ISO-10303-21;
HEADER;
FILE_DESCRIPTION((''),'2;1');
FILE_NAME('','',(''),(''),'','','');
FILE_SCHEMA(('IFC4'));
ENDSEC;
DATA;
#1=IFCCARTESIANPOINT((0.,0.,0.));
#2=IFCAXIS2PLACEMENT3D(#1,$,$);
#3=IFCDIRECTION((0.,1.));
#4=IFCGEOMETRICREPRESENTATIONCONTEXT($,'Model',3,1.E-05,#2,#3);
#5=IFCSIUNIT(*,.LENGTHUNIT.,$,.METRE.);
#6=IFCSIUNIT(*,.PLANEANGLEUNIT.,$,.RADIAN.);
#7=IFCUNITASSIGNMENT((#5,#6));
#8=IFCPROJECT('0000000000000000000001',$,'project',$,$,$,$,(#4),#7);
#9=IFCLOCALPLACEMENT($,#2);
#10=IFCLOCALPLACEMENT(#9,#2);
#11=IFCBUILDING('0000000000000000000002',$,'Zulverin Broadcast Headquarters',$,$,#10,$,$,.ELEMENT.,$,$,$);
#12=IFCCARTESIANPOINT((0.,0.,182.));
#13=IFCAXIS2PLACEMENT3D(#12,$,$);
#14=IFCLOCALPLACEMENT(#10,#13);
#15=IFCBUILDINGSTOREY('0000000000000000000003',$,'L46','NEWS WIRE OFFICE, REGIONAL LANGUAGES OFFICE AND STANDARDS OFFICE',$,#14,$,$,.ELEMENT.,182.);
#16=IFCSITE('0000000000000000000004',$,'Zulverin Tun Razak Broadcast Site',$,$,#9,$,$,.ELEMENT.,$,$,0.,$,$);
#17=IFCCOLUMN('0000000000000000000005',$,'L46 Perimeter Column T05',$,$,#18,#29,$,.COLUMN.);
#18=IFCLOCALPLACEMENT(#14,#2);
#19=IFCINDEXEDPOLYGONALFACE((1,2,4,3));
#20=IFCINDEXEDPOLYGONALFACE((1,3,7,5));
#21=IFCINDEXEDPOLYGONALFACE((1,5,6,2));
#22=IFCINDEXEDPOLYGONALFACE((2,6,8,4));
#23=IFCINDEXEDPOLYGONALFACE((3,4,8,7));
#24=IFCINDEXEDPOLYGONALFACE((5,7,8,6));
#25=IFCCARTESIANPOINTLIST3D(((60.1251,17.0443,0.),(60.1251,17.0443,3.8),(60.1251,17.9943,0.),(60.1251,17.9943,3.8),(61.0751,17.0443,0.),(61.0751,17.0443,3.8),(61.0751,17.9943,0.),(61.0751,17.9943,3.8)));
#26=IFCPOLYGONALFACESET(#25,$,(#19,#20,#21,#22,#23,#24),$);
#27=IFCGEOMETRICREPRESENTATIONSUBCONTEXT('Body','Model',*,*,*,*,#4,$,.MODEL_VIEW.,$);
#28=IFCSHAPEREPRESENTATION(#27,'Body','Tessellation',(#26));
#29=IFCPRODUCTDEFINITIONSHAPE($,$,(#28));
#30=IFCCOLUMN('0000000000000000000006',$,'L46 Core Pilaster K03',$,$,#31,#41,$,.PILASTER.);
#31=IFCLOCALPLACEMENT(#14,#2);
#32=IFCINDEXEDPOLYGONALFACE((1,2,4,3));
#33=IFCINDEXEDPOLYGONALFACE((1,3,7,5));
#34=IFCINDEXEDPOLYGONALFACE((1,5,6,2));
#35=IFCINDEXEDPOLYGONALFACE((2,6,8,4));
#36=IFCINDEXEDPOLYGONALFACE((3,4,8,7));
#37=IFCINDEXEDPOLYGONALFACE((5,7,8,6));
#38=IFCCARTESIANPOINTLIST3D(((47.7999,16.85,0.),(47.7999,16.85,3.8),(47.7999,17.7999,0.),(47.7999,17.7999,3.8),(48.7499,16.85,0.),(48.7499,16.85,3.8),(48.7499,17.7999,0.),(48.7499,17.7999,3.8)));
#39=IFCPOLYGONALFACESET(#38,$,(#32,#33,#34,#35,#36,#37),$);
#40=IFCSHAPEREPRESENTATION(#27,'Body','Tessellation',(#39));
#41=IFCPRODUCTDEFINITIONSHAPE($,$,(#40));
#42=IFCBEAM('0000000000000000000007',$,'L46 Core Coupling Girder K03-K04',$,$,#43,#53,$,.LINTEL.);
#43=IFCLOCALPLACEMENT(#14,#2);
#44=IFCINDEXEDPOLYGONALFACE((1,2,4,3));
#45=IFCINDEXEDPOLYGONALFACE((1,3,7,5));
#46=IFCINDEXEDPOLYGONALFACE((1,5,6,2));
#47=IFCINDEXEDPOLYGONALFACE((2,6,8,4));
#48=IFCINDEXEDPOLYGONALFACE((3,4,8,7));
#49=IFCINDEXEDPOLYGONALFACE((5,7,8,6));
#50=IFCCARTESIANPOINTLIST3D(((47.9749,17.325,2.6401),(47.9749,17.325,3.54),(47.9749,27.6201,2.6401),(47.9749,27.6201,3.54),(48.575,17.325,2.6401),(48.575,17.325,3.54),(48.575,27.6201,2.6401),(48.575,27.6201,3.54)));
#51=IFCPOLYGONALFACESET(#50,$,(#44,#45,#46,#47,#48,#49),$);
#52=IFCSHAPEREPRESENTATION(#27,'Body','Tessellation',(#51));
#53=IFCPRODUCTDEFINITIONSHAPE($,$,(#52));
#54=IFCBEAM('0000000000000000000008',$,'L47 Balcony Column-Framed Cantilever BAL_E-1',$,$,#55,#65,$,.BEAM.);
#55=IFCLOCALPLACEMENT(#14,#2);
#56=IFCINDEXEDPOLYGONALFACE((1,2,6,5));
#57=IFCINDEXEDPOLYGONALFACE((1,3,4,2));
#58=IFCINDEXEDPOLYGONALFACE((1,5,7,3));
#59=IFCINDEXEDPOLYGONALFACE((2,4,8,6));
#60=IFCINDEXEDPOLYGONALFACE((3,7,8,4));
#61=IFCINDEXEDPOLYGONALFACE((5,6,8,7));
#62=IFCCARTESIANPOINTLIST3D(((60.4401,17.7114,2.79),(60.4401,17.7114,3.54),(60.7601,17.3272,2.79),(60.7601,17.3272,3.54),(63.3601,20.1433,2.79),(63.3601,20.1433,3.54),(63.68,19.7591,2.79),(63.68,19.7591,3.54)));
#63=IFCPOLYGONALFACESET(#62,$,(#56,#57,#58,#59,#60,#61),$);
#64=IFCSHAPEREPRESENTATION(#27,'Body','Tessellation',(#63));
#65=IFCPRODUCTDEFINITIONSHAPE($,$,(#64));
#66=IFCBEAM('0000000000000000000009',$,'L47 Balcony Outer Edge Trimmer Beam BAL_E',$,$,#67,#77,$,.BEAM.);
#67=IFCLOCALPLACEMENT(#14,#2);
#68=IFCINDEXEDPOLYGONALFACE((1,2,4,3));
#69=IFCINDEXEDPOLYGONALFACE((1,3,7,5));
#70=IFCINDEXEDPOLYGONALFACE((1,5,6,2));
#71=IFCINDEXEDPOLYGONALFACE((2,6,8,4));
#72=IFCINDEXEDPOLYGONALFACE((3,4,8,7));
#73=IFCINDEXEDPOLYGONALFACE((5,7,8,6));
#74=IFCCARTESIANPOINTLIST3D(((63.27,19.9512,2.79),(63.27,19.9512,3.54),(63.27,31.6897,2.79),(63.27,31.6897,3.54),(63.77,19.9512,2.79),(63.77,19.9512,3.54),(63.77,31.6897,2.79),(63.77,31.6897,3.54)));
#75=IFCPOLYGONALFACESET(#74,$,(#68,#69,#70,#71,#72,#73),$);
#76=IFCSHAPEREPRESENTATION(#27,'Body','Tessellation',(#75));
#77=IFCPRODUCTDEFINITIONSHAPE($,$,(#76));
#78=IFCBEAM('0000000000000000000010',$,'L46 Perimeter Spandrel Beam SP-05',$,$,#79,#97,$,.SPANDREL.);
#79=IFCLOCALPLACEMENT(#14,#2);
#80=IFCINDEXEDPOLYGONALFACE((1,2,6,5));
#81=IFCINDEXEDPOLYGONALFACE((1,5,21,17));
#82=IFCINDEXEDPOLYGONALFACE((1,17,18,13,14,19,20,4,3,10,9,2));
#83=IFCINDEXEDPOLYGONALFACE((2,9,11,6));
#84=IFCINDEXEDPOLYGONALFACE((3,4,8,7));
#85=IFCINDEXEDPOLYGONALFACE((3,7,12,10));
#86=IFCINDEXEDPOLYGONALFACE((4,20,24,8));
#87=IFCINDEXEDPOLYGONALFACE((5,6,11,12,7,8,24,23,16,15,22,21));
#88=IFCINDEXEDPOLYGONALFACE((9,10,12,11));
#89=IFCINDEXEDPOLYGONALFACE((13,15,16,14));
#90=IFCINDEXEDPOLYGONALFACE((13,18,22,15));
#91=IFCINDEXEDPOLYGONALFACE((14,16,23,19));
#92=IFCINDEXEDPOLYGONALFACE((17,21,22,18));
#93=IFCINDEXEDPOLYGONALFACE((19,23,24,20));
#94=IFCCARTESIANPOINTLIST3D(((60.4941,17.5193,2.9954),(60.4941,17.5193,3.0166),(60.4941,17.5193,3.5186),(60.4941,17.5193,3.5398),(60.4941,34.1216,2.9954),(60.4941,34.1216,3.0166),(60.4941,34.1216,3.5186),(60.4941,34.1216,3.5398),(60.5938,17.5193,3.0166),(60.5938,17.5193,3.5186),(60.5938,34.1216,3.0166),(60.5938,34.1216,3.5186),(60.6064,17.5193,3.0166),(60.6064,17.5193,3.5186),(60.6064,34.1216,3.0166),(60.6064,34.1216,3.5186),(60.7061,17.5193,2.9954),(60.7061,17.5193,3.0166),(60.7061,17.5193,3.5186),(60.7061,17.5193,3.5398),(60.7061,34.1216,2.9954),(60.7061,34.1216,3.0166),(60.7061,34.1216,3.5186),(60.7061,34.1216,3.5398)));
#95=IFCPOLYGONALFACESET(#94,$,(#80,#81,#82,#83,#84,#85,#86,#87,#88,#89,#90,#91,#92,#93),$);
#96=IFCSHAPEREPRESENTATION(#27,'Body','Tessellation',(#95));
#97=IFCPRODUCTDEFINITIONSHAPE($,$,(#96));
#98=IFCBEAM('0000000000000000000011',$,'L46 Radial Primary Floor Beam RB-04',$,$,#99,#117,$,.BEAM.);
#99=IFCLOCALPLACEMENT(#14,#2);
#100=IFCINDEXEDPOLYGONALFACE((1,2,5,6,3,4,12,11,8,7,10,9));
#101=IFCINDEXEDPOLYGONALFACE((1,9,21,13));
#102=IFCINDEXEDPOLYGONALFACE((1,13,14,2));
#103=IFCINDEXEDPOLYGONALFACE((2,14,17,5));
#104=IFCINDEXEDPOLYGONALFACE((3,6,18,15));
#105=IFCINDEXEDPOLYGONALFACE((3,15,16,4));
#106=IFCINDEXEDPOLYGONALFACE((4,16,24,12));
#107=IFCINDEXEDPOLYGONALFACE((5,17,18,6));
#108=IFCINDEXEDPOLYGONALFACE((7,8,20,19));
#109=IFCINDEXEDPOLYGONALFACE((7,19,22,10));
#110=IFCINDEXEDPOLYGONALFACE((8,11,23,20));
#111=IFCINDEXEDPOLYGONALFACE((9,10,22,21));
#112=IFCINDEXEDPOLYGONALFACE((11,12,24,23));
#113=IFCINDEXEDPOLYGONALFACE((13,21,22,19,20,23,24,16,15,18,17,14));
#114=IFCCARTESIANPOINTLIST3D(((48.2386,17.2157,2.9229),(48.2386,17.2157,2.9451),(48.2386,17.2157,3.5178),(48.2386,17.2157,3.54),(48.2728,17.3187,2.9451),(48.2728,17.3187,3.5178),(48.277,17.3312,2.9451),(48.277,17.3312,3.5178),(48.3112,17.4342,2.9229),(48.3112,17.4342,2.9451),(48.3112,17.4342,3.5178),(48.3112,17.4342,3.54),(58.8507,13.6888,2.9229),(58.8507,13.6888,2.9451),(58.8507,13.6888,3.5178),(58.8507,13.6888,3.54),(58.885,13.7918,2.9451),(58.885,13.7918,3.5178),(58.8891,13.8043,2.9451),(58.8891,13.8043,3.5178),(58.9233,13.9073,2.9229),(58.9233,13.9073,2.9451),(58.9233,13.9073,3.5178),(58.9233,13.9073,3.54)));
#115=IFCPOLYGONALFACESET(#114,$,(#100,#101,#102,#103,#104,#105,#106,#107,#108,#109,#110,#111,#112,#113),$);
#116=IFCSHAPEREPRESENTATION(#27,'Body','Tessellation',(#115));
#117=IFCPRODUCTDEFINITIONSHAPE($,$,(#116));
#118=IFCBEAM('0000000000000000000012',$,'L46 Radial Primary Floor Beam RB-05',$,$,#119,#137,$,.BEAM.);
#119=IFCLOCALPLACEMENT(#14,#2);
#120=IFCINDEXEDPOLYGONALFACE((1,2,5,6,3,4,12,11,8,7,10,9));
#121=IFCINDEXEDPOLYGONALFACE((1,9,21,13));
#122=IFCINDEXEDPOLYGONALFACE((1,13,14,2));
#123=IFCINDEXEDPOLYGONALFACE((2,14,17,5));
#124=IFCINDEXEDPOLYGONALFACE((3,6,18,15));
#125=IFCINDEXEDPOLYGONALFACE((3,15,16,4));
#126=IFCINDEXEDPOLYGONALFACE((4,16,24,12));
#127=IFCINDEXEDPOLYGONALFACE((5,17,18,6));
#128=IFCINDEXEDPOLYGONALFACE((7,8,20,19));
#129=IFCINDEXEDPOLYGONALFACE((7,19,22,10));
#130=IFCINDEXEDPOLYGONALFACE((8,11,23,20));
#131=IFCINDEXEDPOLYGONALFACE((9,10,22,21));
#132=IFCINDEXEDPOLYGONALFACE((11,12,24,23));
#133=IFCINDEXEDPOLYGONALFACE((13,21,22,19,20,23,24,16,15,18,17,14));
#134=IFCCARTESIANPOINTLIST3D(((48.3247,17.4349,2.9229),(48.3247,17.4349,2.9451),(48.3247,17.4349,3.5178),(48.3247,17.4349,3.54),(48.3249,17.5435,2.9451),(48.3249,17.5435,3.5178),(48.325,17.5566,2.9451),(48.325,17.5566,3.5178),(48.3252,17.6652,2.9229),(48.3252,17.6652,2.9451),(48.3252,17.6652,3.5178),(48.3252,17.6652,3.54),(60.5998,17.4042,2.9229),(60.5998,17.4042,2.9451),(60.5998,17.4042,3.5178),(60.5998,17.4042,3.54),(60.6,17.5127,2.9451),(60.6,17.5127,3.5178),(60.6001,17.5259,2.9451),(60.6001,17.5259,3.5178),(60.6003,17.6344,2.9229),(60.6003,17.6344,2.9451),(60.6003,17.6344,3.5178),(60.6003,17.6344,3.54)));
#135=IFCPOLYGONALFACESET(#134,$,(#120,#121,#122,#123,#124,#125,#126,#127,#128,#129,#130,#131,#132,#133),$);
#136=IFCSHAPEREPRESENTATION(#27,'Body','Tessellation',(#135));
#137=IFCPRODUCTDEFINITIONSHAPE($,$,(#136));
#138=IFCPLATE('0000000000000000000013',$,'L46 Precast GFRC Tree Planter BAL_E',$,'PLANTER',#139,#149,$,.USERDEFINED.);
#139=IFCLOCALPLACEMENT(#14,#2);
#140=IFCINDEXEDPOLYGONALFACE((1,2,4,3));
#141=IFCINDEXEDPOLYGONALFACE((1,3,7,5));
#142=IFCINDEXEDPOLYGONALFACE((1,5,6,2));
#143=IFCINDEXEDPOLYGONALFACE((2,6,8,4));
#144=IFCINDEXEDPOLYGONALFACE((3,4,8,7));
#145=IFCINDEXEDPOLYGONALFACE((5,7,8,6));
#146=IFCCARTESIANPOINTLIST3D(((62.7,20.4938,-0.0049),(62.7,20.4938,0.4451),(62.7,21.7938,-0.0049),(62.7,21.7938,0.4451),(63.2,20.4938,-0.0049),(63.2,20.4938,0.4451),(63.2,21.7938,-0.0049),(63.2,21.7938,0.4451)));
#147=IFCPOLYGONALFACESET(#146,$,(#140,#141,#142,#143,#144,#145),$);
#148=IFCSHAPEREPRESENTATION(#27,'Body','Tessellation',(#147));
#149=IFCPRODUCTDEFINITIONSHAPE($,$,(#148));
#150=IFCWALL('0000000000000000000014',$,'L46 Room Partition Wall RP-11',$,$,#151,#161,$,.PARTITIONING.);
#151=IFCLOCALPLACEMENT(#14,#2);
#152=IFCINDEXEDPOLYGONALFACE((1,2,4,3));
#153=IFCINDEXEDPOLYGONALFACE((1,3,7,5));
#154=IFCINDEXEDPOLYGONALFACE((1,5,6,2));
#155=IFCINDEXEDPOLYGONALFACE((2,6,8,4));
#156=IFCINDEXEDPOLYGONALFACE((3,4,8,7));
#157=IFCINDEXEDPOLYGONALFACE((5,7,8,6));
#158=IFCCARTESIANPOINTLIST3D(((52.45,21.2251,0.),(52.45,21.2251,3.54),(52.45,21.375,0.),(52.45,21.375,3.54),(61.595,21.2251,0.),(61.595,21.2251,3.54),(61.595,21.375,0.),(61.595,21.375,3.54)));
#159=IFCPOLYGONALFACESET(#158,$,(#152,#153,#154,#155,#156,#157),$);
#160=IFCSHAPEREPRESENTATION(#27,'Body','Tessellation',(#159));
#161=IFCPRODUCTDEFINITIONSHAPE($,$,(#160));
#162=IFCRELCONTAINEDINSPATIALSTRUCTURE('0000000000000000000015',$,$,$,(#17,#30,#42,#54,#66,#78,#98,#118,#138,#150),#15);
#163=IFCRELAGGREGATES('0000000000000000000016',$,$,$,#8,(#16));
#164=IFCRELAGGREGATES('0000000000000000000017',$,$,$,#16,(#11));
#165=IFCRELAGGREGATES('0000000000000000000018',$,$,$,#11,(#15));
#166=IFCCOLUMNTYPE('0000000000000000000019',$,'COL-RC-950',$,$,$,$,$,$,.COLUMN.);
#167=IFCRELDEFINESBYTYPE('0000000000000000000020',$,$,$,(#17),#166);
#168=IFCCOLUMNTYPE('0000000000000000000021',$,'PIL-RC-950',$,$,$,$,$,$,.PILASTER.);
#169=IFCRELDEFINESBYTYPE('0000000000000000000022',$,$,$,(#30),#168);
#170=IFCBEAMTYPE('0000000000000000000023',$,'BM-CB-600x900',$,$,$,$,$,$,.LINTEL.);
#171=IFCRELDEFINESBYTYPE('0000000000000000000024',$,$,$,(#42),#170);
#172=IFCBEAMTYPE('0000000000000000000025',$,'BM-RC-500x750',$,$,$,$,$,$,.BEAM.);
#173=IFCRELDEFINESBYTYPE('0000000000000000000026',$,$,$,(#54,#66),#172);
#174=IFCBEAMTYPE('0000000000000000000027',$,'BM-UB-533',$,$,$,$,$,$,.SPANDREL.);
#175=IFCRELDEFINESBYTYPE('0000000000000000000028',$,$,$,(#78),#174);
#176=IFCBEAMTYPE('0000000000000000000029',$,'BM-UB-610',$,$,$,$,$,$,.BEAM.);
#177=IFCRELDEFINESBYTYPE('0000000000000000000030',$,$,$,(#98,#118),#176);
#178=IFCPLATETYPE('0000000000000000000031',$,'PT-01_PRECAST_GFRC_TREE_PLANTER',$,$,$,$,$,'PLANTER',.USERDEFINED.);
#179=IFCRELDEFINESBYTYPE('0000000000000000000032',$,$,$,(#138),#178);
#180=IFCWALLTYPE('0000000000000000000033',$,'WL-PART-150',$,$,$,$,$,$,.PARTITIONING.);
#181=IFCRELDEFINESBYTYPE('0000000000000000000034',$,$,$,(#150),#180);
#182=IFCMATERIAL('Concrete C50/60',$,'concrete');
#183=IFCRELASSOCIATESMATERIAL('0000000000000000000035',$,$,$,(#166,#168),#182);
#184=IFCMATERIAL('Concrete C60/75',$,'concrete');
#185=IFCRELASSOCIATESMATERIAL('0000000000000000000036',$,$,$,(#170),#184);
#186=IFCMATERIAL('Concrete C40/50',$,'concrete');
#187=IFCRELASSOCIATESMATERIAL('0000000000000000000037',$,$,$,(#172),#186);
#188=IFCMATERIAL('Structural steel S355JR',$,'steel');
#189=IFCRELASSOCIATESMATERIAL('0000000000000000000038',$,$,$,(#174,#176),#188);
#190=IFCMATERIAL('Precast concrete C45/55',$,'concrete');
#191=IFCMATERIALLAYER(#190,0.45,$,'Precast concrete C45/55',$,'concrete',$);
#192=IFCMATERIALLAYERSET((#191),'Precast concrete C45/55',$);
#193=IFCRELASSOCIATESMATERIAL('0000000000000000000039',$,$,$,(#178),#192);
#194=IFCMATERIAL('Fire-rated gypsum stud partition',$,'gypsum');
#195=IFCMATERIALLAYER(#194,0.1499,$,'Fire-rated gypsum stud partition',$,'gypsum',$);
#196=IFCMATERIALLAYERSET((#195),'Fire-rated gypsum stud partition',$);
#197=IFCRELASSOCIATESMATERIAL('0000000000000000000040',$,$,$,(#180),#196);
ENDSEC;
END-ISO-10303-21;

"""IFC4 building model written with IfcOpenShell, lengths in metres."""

from ifc_helpers import new_model, si_unit, direction, frame, frame_2d, origin, origin_2d, place, context, subcontext, project, spatial, rectangle, i_section, extrude, material, layer, layer_set, material_profile, profile_set, type_object, element, save


model = new_model("IFC4")

# Units and contexts
model_context = context("Model", 3, precision=1e-05, world=origin(), true_north=direction((0.0, 1.0)))
body_context = subcontext(model_context, "Body", "Model", "MODEL_VIEW")
ifc_project = project(units=[si_unit("LENGTHUNIT", "METRE"), si_unit("PLANEANGLEUNIT", "RADIAN")], contexts=[model_context])

# Site, building, storey
site_placement = place(None, origin())
site = spatial("IfcSite", under=ifc_project, at=site_placement, Name="Zulverin Tun Razak Broadcast Site", CompositionType="ELEMENT", RefElevation=0.0)
building_placement = place(site_placement, origin())
building = spatial("IfcBuilding", under=site, at=building_placement, Name="Zulverin Broadcast Headquarters", CompositionType="ELEMENT")
storey_placement = place(building_placement, frame((0.0, 0.0, 182.0)))
storey = spatial("IfcBuildingStorey", under=building, at=storey_placement, Name="L46", Description="NEWS WIRE OFFICE, REGIONAL LANGUAGES OFFICE AND STANDARDS OFFICE", CompositionType="ELEMENT", Elevation=182.0)

# Columns
ifc_material_1 = material(Name="Concrete C50/60", Category="concrete")
ifc_material_profile_1 = material_profile(ifc_material_1, rectangle(XDim=0.95, YDim=0.95, at=origin_2d()), Name="Concrete C50/60", Category="concrete")
ifc_profile_set_1 = profile_set([ifc_material_profile_1], Name="Concrete C50/60")
column_type_1 = type_object("IfcColumnType", Name="COL-RC-950", PredefinedType="COLUMN", material=ifc_profile_set_1)
column_1_placement = place(storey_placement, frame((60.6001, 17.5193, 0.0), z_axis=(0.0, 0.0, 1.0), x_axis=(1.0, 0.0, 0.0)))
element("IfcColumn", 1, at=column_1_placement, inside=storey, type_object=column_type_1, Name="L46 Perimeter Column T05", PredefinedType="COLUMN", context=body_context, shape_type="SweptSolid", body=[
    extrude(rectangle(XDim=0.95, YDim=0.95, at=origin_2d()), origin(), (0.0, 0.0, 1.0), 3.8),
])
ifc_material_profile_2 = material_profile(ifc_material_1, rectangle(XDim=0.95, YDim=0.95, at=origin_2d()), Name="Concrete C50/60", Category="concrete")
ifc_profile_set_2 = profile_set([ifc_material_profile_2], Name="Concrete C50/60")
column_type_2 = type_object("IfcColumnType", Name="PIL-RC-950", PredefinedType="PILASTER", material=ifc_profile_set_2)
column_2_placement = place(storey_placement, frame((48.2749, 17.325, 0.0), z_axis=(0.0, 0.0, 1.0), x_axis=(1.0, 0.0, 0.0)))
element("IfcColumn", 2, at=column_2_placement, inside=storey, type_object=column_type_2, Name="L46 Core Pilaster K03", PredefinedType="PILASTER", context=body_context, shape_type="SweptSolid", body=[
    extrude(rectangle(XDim=0.95, YDim=0.95, at=origin_2d()), origin(), (0.0, 0.0, 1.0), 3.8),
])

# Beams
ifc_material_2 = material(Name="Concrete C60/75", Category="concrete")
ifc_material_profile_3 = material_profile(ifc_material_2, rectangle(XDim=0.6001, YDim=0.8999, at=origin_2d()), Name="Concrete C60/75", Category="concrete")
ifc_profile_set_3 = profile_set([ifc_material_profile_3], Name="Concrete C60/75")
beam_type_1 = type_object("IfcBeamType", Name="BM-CB-600x900", PredefinedType="LINTEL", material=ifc_profile_set_3)
beam_1_placement = place(storey_placement, frame((48.2749, 17.325, 3.0901), z_axis=(0.0, 1.0, 0.0), x_axis=(-1.0, 0.0, 0.0)))
element("IfcBeam", 3, at=beam_1_placement, inside=storey, type_object=beam_type_1, Name="L46 Core Coupling Girder K03-K04", PredefinedType="LINTEL", context=body_context, shape_type="SweptSolid", body=[
    extrude(rectangle(XDim=0.6001, YDim=0.8999, at=origin_2d()), origin(), (0.0, 0.0, 1.0), 10.2952),
])
ifc_material_3 = material(Name="Concrete C40/50", Category="concrete")
ifc_material_profile_4 = material_profile(ifc_material_3, rectangle(XDim=0.5, YDim=0.75, at=origin_2d()), Name="Concrete C40/50", Category="concrete")
ifc_profile_set_4 = profile_set([ifc_material_profile_4], Name="Concrete C40/50")
beam_type_2 = type_object("IfcBeamType", Name="BM-RC-500x750", PredefinedType="BEAM", material=ifc_profile_set_4)
beam_2_placement = place(storey_placement, frame((60.6001, 17.5193, 3.165), z_axis=(0.7684, 0.63997, 0.0), x_axis=(-0.63997, 0.7684, 0.0)))
element("IfcBeam", 4, at=beam_2_placement, inside=storey, type_object=beam_type_2, Name="L47 Balcony Column-Framed Cantilever BAL_E-1", PredefinedType="BEAM", context=body_context, shape_type="SweptSolid", body=[
    extrude(rectangle(XDim=0.5, YDim=0.75, at=origin_2d()), origin(), (0.0, 0.0, 1.0), 3.8),
])
beam_3_placement = place(storey_placement, frame((63.52, 19.9512, 3.165), z_axis=(0.0, 1.0, 0.0), x_axis=(-1.0, 0.0, 0.0)))
element("IfcBeam", 5, at=beam_3_placement, inside=storey, type_object=beam_type_2, Name="L47 Balcony Outer Edge Trimmer Beam BAL_E", PredefinedType="BEAM", context=body_context, shape_type="SweptSolid", body=[
    extrude(rectangle(XDim=0.5, YDim=0.75, at=origin_2d()), origin(), (0.0, 0.0, 1.0), 11.7385),
])
ifc_material_4 = material(Name="Structural steel S355JR", Category="steel")
ifc_material_profile_5 = material_profile(ifc_material_4, i_section(OverallWidth=0.2119, OverallDepth=0.5444, WebThickness=0.0127, FlangeThickness=0.0212, at=origin_2d()), Name="Structural steel S355JR", Category="steel")
ifc_profile_set_5 = profile_set([ifc_material_profile_5], Name="Structural steel S355JR")
beam_type_3 = type_object("IfcBeamType", Name="BM-UB-533", PredefinedType="SPANDREL", material=ifc_profile_set_5)
beam_4_placement = place(storey_placement, frame((60.6001, 17.5193, 3.2676), z_axis=(0.0, 1.0, 0.0), x_axis=(-1.0, 0.0, 0.0)))
element("IfcBeam", 6, at=beam_4_placement, inside=storey, type_object=beam_type_3, Name="L46 Perimeter Spandrel Beam SP-05", PredefinedType="SPANDREL", context=body_context, shape_type="SweptSolid", body=[
    extrude(i_section(OverallWidth=0.2119, OverallDepth=0.5444, WebThickness=0.0127, FlangeThickness=0.0212, at=origin_2d()), origin(), (0.0, 0.0, 1.0), 16.6023),
])
ifc_material_profile_6 = material_profile(ifc_material_4, i_section(OverallWidth=0.2302, OverallDepth=0.6172, WebThickness=0.0132, FlangeThickness=0.0222, at=origin_2d()), Name="Structural steel S355JR", Category="steel")
ifc_profile_set_6 = profile_set([ifc_material_profile_6], Name="Structural steel S355JR")
beam_type_4 = type_object("IfcBeamType", Name="BM-UB-610", PredefinedType="BEAM", material=ifc_profile_set_6)
beam_5_placement = place(storey_placement, frame((48.2749, 17.325, 3.2314), z_axis=(0.948965, -0.315383, 0.0), x_axis=(0.315383, 0.948965, 0.0)))
element("IfcBeam", 7, at=beam_5_placement, inside=storey, type_object=beam_type_4, Name="L46 Radial Primary Floor Beam RB-04", PredefinedType="BEAM", context=body_context, shape_type="SweptSolid", body=[
    extrude(i_section(OverallWidth=0.2302, OverallDepth=0.6172, WebThickness=0.0132, FlangeThickness=0.0222, at=origin_2d()), origin(), (0.0, 0.0, 1.0), 11.1829),
])
beam_6_placement = place(storey_placement, frame((48.325, 17.55, 3.2314), z_axis=(0.999997, -0.002506, 0.0), x_axis=(0.002506, 0.999997, 0.0)))
element("IfcBeam", 8, at=beam_6_placement, inside=storey, type_object=beam_type_4, Name="L46 Radial Primary Floor Beam RB-05", PredefinedType="BEAM", context=body_context, shape_type="SweptSolid", body=[
    extrude(i_section(OverallWidth=0.2302, OverallDepth=0.6172, WebThickness=0.0132, FlangeThickness=0.0222, at=origin_2d()), origin(), (0.0, 0.0, 1.0), 12.2751),
])

# Plate
ifc_material_5 = material(Name="Precast concrete C45/55", Category="concrete")
ifc_layer_1 = layer(ifc_material_5, 0.45, Name="Precast concrete C45/55", Category="concrete")
ifc_layer_set_1 = layer_set([ifc_layer_1], Name="Precast concrete C45/55")
plate_type = type_object("IfcPlateType", Name="PT-01_PRECAST_GFRC_TREE_PLANTER", ElementType="PLANTER", PredefinedType="USERDEFINED", material=ifc_layer_set_1)
plate_placement = place(storey_placement, frame((62.95, 21.1438, -0.0049), z_axis=(0.0, 0.0, 1.0), x_axis=(0.0, 1.0, 0.0)))
element("IfcPlate", 9, at=plate_placement, inside=storey, type_object=plate_type, Name="L46 Precast GFRC Tree Planter BAL_E", ObjectType="PLANTER", PredefinedType="USERDEFINED", context=body_context, shape_type="SweptSolid", body=[
    extrude(rectangle(XDim=1.3, YDim=0.5, at=origin_2d()), origin(), (0.0, 0.0, 1.0), 0.45),
])

# Wall
ifc_material_6 = material(Name="Fire-rated gypsum stud partition", Category="gypsum")
ifc_layer_2 = layer(ifc_material_6, 0.1499, Name="Fire-rated gypsum stud partition", Category="gypsum")
ifc_layer_set_2 = layer_set([ifc_layer_2], Name="Fire-rated gypsum stud partition")
wall_type_1 = type_object("IfcWallType", Name="WL-PART-150", PredefinedType="PARTITIONING", material=ifc_layer_set_2)
wall_1_placement = place(storey_placement, frame((52.45, 21.3, 0.0), z_axis=(0.0, 0.0, 1.0), x_axis=(1.0, 0.0, 0.0)))
element("IfcWall", 10, at=wall_1_placement, inside=storey, type_object=wall_type_1, Name="L46 Room Partition Wall RP-11", PredefinedType="PARTITIONING", context=body_context, shape_type="SweptSolid", body=[
    extrude(rectangle(XDim=9.145, YDim=0.1499, at=frame_2d((4.5725, 0.0))), origin(), (0.0, 0.0, 1.0), 3.54),
])

save(model, "model.ifc")
